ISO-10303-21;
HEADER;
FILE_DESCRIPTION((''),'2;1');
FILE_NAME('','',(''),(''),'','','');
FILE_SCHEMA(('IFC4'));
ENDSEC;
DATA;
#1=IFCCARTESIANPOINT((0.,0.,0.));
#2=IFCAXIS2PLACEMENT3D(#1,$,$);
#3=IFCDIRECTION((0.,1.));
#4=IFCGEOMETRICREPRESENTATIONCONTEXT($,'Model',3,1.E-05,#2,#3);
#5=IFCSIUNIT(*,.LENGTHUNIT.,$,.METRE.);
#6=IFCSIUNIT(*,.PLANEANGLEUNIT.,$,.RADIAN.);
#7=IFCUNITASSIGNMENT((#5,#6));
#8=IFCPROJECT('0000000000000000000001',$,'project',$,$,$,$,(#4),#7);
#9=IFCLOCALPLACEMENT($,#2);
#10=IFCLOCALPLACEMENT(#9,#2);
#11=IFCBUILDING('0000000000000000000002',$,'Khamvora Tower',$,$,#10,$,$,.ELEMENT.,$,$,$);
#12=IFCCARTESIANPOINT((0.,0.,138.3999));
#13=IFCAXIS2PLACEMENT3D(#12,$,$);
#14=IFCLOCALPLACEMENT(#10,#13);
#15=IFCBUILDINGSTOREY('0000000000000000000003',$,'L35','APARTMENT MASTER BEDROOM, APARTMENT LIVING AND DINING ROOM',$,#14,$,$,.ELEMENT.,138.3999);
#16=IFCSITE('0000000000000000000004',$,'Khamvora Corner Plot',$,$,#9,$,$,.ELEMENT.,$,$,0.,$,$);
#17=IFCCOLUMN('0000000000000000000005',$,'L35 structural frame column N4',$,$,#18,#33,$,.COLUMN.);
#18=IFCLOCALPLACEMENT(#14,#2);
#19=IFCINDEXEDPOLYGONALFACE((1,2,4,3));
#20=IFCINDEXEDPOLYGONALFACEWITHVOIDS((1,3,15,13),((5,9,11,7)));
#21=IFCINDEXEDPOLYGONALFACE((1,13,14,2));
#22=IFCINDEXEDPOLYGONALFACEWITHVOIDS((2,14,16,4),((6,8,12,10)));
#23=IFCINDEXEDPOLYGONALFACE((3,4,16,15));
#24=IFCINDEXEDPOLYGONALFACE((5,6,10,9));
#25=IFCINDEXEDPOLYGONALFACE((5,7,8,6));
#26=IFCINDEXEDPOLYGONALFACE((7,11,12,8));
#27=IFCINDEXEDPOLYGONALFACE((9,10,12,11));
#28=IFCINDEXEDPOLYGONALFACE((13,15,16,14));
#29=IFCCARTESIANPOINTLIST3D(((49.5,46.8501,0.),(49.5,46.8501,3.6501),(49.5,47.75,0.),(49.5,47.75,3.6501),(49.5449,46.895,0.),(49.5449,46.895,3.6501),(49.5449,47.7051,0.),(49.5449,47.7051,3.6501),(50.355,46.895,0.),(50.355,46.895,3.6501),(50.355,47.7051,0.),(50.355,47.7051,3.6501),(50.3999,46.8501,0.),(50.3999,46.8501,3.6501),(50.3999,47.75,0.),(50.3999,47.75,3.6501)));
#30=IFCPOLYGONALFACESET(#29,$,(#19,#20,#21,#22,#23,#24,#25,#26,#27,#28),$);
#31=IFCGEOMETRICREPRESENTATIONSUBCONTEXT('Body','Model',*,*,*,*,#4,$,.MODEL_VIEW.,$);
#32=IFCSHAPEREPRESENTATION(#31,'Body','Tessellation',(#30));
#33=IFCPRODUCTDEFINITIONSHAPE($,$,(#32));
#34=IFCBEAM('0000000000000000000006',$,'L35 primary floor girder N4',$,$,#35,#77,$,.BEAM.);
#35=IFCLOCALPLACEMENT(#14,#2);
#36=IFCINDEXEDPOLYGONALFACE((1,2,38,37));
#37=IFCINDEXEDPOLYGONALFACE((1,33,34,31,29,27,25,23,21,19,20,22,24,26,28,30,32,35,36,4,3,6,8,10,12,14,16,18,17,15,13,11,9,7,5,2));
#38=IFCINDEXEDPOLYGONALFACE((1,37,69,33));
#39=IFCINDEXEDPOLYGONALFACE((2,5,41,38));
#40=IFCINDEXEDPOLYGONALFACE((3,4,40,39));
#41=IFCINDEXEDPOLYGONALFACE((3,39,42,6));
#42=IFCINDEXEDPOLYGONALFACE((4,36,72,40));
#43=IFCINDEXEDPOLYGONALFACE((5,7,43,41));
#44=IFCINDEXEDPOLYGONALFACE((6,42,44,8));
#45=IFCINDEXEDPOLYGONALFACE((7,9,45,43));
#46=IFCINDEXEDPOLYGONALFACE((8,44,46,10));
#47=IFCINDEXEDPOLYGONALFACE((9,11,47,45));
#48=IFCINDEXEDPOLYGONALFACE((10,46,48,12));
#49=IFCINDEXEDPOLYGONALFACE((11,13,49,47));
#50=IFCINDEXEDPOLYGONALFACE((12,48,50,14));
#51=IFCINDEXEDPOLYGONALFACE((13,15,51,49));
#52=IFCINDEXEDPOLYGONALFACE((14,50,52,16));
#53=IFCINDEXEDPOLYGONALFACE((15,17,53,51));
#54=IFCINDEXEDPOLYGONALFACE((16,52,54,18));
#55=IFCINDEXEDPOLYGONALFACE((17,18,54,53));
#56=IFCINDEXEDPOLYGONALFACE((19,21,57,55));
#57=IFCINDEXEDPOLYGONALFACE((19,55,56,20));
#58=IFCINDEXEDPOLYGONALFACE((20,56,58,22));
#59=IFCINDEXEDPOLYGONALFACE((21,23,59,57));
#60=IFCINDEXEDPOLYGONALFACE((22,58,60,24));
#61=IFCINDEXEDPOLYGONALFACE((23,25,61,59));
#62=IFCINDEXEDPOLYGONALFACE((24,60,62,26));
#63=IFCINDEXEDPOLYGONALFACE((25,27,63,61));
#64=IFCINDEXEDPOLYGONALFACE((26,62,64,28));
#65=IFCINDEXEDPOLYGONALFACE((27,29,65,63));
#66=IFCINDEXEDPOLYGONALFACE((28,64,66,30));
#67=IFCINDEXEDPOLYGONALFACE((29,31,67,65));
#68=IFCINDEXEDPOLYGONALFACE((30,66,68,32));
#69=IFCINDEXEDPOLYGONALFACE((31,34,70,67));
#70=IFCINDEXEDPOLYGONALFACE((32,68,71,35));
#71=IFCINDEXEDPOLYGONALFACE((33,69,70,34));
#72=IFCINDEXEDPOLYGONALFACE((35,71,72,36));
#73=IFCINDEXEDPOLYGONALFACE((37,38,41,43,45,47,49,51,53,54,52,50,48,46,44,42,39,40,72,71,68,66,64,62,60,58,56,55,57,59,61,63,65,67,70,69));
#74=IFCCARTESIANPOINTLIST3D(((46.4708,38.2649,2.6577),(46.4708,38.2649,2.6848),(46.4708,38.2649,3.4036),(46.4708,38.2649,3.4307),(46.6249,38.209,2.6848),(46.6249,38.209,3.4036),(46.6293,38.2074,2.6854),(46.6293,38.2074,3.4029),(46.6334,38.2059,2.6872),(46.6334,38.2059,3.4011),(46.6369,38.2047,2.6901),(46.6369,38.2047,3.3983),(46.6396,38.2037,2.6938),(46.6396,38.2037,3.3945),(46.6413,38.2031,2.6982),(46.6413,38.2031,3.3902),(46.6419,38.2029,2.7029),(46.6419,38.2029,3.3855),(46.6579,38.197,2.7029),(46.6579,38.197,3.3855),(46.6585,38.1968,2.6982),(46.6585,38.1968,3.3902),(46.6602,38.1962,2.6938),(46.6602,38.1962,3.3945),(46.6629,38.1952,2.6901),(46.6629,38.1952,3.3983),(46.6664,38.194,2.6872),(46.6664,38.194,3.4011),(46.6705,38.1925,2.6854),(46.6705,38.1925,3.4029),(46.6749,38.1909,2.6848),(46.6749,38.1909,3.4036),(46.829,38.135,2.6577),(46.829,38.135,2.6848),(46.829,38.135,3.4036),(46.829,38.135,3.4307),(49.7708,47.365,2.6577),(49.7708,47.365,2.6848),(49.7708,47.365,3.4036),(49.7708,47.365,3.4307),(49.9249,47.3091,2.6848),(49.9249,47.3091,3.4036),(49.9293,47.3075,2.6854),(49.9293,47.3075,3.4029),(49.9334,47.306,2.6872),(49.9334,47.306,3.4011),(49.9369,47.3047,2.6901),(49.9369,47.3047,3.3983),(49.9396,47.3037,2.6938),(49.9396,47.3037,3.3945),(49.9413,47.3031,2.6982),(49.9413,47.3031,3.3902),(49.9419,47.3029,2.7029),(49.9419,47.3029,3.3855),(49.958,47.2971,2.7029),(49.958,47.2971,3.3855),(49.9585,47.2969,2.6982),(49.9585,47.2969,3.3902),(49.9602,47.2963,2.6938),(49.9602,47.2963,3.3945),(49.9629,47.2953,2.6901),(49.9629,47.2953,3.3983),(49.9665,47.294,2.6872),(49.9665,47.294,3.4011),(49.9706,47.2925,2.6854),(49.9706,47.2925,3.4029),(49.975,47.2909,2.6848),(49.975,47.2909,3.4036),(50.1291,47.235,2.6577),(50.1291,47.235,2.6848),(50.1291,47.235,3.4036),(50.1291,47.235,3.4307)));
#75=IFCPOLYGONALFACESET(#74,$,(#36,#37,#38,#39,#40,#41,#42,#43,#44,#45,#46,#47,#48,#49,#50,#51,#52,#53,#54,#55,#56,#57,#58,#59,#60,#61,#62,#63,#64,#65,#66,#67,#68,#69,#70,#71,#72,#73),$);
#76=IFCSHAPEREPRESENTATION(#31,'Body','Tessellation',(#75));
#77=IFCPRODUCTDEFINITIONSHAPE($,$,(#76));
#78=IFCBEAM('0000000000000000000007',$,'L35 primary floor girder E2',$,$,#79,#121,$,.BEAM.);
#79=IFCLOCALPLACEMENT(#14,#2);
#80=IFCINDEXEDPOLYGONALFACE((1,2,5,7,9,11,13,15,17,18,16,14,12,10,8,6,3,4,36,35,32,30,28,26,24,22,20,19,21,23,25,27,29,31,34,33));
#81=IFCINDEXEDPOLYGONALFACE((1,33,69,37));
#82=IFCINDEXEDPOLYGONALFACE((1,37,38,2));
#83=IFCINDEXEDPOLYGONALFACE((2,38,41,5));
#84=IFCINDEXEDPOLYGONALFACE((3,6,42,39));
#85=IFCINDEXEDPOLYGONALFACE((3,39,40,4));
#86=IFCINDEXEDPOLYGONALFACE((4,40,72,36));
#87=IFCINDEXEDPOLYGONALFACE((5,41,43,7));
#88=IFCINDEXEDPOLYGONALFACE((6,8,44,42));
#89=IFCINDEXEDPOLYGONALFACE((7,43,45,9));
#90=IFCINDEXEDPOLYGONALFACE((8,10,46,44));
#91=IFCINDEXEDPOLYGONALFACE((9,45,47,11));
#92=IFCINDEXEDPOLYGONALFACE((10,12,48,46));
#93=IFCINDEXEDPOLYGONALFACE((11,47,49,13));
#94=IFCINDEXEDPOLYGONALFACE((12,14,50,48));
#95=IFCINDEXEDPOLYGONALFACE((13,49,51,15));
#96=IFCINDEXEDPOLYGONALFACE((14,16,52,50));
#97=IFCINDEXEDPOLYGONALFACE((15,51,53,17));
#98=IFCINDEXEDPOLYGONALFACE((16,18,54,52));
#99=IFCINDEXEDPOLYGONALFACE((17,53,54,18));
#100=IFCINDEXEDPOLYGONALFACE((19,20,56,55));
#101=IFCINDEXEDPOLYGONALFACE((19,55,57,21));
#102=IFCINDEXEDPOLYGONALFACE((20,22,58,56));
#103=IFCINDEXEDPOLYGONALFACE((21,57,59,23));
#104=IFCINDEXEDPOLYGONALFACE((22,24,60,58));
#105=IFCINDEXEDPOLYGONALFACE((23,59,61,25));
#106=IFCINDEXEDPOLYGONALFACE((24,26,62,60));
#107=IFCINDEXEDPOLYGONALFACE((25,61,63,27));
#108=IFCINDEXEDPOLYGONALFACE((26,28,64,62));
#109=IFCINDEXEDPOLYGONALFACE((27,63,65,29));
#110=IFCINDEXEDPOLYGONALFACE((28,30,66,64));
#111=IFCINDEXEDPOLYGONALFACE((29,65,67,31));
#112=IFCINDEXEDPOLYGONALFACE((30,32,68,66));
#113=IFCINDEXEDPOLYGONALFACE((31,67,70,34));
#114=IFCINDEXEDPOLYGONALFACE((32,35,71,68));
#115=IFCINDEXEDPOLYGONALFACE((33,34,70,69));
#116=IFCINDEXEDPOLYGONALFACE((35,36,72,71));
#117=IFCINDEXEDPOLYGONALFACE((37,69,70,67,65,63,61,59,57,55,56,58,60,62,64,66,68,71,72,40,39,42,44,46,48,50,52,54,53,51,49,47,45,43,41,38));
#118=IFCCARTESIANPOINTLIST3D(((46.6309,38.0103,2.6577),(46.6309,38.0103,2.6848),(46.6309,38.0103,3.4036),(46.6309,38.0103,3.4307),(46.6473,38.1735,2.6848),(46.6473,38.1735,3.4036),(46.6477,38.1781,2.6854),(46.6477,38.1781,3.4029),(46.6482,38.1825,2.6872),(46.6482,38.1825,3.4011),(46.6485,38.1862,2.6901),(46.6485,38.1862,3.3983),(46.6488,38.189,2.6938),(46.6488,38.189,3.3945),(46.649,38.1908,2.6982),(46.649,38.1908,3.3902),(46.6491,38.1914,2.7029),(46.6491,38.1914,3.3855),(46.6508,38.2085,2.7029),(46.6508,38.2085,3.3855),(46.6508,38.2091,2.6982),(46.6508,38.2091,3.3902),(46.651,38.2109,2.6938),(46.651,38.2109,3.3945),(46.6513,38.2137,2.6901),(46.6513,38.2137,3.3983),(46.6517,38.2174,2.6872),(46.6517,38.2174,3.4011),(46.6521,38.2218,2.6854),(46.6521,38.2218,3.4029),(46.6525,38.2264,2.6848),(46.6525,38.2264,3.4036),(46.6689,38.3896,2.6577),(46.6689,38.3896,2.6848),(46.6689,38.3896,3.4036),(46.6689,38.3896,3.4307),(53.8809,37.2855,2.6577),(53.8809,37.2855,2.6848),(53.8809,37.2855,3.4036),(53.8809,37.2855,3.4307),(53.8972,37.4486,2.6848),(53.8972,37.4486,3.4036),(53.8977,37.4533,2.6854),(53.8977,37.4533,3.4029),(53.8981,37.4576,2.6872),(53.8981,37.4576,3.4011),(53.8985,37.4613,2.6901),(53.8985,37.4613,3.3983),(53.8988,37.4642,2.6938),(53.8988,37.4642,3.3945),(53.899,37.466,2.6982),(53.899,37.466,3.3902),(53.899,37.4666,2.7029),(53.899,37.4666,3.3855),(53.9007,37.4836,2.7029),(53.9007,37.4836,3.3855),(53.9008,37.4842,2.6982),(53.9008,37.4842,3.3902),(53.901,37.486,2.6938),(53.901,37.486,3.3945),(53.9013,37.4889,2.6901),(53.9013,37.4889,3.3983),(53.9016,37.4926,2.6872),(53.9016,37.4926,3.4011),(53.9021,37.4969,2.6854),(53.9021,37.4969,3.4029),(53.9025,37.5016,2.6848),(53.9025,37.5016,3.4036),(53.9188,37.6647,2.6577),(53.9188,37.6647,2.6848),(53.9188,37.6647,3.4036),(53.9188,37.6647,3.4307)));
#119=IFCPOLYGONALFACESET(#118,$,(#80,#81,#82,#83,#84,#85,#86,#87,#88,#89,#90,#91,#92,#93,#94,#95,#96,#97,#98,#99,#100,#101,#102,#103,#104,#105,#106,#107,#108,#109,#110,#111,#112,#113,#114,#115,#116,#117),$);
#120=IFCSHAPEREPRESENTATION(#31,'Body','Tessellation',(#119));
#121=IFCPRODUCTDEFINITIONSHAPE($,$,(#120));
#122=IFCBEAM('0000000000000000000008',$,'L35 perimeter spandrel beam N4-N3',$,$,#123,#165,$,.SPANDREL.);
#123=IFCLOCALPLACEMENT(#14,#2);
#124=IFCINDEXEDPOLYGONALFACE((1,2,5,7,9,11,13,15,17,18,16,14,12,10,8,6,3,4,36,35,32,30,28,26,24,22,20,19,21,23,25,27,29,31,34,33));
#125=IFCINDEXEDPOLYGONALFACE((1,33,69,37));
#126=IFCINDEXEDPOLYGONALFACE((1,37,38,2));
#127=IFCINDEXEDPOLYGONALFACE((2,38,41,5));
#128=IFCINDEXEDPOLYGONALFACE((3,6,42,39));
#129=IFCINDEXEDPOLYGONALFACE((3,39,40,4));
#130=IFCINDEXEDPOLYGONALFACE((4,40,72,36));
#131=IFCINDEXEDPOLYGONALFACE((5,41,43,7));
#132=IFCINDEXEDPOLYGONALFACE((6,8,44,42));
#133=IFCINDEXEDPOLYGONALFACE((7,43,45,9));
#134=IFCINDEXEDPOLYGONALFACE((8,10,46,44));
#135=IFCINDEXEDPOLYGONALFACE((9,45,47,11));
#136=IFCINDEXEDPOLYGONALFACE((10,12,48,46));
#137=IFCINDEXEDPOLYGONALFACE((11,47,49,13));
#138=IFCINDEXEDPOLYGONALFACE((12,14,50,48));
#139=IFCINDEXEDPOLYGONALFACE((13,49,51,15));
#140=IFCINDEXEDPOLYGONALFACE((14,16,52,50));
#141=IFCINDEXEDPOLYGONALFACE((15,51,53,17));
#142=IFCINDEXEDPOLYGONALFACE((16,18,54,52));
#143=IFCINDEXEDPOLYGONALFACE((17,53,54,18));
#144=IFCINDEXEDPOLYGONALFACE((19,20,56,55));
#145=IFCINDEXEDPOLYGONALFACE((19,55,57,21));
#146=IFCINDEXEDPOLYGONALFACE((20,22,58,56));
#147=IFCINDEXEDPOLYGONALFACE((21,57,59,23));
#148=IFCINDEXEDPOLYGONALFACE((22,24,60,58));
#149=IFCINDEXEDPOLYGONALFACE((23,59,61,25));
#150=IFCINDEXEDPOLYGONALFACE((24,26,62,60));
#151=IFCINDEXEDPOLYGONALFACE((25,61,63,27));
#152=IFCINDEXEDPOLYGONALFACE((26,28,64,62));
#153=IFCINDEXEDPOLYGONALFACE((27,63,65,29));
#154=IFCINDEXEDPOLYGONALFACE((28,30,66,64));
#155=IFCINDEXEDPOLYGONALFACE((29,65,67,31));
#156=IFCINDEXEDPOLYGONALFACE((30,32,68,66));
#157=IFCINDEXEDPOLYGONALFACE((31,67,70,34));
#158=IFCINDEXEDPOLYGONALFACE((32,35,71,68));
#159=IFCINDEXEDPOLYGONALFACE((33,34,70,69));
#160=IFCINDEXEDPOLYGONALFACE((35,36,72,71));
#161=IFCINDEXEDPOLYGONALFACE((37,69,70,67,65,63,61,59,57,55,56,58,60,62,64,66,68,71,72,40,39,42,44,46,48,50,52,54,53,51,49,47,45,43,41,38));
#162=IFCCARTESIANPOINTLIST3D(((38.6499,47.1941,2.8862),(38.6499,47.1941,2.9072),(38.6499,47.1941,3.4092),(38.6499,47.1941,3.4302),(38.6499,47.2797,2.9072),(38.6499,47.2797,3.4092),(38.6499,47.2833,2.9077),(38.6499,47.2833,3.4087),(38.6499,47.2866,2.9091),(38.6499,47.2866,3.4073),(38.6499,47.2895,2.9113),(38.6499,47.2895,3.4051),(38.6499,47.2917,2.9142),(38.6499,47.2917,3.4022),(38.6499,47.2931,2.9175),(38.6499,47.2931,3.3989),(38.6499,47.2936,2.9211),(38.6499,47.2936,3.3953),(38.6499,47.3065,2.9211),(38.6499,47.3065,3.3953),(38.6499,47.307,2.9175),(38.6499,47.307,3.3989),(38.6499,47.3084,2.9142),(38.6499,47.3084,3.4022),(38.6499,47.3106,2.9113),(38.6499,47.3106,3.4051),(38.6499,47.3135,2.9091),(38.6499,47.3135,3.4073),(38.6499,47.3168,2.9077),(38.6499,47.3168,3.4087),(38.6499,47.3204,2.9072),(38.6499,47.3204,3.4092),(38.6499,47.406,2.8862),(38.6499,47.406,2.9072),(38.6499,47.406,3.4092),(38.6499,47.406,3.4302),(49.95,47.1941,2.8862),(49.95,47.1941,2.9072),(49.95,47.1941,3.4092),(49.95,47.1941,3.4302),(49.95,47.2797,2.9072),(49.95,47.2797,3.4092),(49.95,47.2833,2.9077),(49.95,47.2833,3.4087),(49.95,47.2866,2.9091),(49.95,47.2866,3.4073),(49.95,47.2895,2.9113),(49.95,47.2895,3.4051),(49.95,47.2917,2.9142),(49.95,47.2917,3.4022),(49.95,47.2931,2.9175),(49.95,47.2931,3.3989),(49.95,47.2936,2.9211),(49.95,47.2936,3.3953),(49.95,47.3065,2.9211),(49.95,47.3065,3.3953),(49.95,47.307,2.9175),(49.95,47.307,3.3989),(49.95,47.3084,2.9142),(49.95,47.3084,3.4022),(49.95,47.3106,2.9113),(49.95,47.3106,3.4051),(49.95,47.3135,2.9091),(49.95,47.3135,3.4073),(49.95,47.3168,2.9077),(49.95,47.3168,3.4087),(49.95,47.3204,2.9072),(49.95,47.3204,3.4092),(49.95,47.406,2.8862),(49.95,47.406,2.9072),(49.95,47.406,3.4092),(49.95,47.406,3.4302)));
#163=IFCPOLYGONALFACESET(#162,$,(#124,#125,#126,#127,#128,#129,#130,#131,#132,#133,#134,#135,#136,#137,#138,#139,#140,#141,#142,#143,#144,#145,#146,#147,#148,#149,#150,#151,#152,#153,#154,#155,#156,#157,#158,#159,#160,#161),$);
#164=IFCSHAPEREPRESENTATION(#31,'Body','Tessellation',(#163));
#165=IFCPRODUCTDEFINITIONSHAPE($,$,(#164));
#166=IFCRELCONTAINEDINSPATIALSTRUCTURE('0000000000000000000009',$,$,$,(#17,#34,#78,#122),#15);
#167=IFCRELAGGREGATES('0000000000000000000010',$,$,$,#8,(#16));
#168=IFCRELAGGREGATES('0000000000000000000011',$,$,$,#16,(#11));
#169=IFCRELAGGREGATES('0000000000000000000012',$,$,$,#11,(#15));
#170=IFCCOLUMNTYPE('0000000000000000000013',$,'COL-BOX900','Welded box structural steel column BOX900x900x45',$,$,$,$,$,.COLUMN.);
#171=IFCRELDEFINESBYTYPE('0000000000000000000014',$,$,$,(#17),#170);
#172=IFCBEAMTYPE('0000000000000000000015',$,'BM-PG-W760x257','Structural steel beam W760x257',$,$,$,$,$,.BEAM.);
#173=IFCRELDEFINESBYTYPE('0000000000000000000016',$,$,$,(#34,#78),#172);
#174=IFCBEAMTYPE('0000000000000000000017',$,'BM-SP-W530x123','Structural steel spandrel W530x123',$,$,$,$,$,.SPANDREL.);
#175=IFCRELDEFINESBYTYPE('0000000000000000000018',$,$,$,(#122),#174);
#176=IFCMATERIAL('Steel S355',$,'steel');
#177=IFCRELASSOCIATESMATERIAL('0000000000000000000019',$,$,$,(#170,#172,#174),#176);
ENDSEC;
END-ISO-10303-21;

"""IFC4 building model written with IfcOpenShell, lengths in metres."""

from ifc_helpers import new_model, si_unit, direction, frame, origin, origin_2d, place, context, subcontext, project, spatial, hollow_rectangle, i_section, extrude, material, material_profile, profile_set, type_object, element, save


model = new_model("IFC4")

# Units and contexts
model_context = context("Model", 3, precision=1e-05, world=origin(), true_north=direction((0.0, 1.0)))
body_context = subcontext(model_context, "Body", "Model", "MODEL_VIEW")
ifc_project = project(units=[si_unit("LENGTHUNIT", "METRE"), si_unit("PLANEANGLEUNIT", "RADIAN")], contexts=[model_context])

# Site, building, storey
site_placement = place(None, origin())
site = spatial("IfcSite", under=ifc_project, at=site_placement, Name="Khamvora Corner Plot", CompositionType="ELEMENT", RefElevation=0.0)
building_placement = place(site_placement, origin())
building = spatial("IfcBuilding", under=site, at=building_placement, Name="Khamvora Tower", CompositionType="ELEMENT")
storey_placement = place(building_placement, frame((0.0, 0.0, 138.3999)))
storey = spatial("IfcBuildingStorey", under=building, at=storey_placement, Name="L35", Description="APARTMENT MASTER BEDROOM, APARTMENT LIVING AND DINING ROOM", CompositionType="ELEMENT", Elevation=138.3999)

# Column
ifc_material_1 = material(Name="Steel S355", Category="steel")
ifc_material_profile_1 = material_profile(ifc_material_1, hollow_rectangle(XDim=0.8999, YDim=0.8999, WallThickness=0.0449, at=origin_2d()), Name="BOX900x900x45")
ifc_profile_set_1 = profile_set([ifc_material_profile_1], Name="Steel S355")
column_type = type_object("IfcColumnType", Name="COL-BOX900", Description="Welded box structural steel column BOX900x900x45", PredefinedType="COLUMN", material=ifc_profile_set_1)
column_placement = place(storey_placement, frame((49.95, 47.3, 0.0), z_axis=(0.0, 0.0, 1.0), x_axis=(1.0, 0.0, 0.0)))
element("IfcColumn", 1, at=column_placement, inside=storey, type_object=column_type, Name="L35 structural frame column N4", PredefinedType="COLUMN", context=body_context, shape_type="SweptSolid", body=[
    extrude(hollow_rectangle(XDim=0.8999, YDim=0.8999, WallThickness=0.0449, at=origin_2d()), origin(), (0.0, 0.0, 1.0), 3.6501),
])

# Beams
ifc_material_profile_2 = material_profile(ifc_material_1, i_section(OverallWidth=0.3811, OverallDepth=0.7729, WebThickness=0.0171, FlangeThickness=0.0271, FilletRadius=0.0181, at=origin_2d()), Name="W760x257")
ifc_profile_set_2 = profile_set([ifc_material_profile_2], Name="Steel S355")
beam_type_1 = type_object("IfcBeamType", Name="BM-PG-W760x257", Description="Structural steel beam W760x257", PredefinedType="BEAM", material=ifc_profile_set_2)
beam_1_placement = place(storey_placement, frame((46.6499, 38.2, 3.0442), z_axis=(0.340915, 0.940094, 0.0), x_axis=(-0.940094, 0.340915, 0.0)))
element("IfcBeam", 2, at=beam_1_placement, inside=storey, type_object=beam_type_1, Name="L35 primary floor girder N4", PredefinedType="BEAM", context=body_context, shape_type="SweptSolid", body=[
    extrude(i_section(OverallWidth=0.3811, OverallDepth=0.7729, WebThickness=0.0171, FlangeThickness=0.0271, FilletRadius=0.0181, at=origin_2d()), origin(), (0.0, 0.0, 1.0), 9.6799),
])
beam_2_placement = place(storey_placement, frame((46.6499, 38.2, 3.0442), z_axis=(0.995039, -0.099484, 0.0), x_axis=(0.099484, 0.995039, 0.0)))
element("IfcBeam", 3, at=beam_2_placement, inside=storey, type_object=beam_type_1, Name="L35 primary floor girder E2", PredefinedType="BEAM", context=body_context, shape_type="SweptSolid", body=[
    extrude(i_section(OverallWidth=0.3811, OverallDepth=0.7729, WebThickness=0.0171, FlangeThickness=0.0271, FilletRadius=0.0181, at=origin_2d()), origin(), (0.0, 0.0, 1.0), 7.2861),
])
ifc_material_profile_3 = material_profile(ifc_material_1, i_section(OverallWidth=0.2119, OverallDepth=0.5439, WebThickness=0.0129, FlangeThickness=0.021, FilletRadius=0.0139, at=origin_2d()), Name="W530x123")
ifc_profile_set_3 = profile_set([ifc_material_profile_3], Name="Steel S355")
beam_type_2 = type_object("IfcBeamType", Name="BM-SP-W530x123", Description="Structural steel spandrel W530x123", PredefinedType="SPANDREL", material=ifc_profile_set_3)
beam_3_placement = place(storey_placement, frame((49.95, 47.3, 3.1582), z_axis=(-1.0, 0.0, 0.0), x_axis=(0.0, -1.0, 0.0)))
element("IfcBeam", 4, at=beam_3_placement, inside=storey, type_object=beam_type_2, Name="L35 perimeter spandrel beam N4-N3", PredefinedType="SPANDREL", context=body_context, shape_type="SweptSolid", body=[
    extrude(i_section(OverallWidth=0.2119, OverallDepth=0.5439, WebThickness=0.0129, FlangeThickness=0.021, FilletRadius=0.0139, at=origin_2d()), origin(), (0.0, 0.0, 1.0), 11.3),
])

save(model, "model.ifc")
